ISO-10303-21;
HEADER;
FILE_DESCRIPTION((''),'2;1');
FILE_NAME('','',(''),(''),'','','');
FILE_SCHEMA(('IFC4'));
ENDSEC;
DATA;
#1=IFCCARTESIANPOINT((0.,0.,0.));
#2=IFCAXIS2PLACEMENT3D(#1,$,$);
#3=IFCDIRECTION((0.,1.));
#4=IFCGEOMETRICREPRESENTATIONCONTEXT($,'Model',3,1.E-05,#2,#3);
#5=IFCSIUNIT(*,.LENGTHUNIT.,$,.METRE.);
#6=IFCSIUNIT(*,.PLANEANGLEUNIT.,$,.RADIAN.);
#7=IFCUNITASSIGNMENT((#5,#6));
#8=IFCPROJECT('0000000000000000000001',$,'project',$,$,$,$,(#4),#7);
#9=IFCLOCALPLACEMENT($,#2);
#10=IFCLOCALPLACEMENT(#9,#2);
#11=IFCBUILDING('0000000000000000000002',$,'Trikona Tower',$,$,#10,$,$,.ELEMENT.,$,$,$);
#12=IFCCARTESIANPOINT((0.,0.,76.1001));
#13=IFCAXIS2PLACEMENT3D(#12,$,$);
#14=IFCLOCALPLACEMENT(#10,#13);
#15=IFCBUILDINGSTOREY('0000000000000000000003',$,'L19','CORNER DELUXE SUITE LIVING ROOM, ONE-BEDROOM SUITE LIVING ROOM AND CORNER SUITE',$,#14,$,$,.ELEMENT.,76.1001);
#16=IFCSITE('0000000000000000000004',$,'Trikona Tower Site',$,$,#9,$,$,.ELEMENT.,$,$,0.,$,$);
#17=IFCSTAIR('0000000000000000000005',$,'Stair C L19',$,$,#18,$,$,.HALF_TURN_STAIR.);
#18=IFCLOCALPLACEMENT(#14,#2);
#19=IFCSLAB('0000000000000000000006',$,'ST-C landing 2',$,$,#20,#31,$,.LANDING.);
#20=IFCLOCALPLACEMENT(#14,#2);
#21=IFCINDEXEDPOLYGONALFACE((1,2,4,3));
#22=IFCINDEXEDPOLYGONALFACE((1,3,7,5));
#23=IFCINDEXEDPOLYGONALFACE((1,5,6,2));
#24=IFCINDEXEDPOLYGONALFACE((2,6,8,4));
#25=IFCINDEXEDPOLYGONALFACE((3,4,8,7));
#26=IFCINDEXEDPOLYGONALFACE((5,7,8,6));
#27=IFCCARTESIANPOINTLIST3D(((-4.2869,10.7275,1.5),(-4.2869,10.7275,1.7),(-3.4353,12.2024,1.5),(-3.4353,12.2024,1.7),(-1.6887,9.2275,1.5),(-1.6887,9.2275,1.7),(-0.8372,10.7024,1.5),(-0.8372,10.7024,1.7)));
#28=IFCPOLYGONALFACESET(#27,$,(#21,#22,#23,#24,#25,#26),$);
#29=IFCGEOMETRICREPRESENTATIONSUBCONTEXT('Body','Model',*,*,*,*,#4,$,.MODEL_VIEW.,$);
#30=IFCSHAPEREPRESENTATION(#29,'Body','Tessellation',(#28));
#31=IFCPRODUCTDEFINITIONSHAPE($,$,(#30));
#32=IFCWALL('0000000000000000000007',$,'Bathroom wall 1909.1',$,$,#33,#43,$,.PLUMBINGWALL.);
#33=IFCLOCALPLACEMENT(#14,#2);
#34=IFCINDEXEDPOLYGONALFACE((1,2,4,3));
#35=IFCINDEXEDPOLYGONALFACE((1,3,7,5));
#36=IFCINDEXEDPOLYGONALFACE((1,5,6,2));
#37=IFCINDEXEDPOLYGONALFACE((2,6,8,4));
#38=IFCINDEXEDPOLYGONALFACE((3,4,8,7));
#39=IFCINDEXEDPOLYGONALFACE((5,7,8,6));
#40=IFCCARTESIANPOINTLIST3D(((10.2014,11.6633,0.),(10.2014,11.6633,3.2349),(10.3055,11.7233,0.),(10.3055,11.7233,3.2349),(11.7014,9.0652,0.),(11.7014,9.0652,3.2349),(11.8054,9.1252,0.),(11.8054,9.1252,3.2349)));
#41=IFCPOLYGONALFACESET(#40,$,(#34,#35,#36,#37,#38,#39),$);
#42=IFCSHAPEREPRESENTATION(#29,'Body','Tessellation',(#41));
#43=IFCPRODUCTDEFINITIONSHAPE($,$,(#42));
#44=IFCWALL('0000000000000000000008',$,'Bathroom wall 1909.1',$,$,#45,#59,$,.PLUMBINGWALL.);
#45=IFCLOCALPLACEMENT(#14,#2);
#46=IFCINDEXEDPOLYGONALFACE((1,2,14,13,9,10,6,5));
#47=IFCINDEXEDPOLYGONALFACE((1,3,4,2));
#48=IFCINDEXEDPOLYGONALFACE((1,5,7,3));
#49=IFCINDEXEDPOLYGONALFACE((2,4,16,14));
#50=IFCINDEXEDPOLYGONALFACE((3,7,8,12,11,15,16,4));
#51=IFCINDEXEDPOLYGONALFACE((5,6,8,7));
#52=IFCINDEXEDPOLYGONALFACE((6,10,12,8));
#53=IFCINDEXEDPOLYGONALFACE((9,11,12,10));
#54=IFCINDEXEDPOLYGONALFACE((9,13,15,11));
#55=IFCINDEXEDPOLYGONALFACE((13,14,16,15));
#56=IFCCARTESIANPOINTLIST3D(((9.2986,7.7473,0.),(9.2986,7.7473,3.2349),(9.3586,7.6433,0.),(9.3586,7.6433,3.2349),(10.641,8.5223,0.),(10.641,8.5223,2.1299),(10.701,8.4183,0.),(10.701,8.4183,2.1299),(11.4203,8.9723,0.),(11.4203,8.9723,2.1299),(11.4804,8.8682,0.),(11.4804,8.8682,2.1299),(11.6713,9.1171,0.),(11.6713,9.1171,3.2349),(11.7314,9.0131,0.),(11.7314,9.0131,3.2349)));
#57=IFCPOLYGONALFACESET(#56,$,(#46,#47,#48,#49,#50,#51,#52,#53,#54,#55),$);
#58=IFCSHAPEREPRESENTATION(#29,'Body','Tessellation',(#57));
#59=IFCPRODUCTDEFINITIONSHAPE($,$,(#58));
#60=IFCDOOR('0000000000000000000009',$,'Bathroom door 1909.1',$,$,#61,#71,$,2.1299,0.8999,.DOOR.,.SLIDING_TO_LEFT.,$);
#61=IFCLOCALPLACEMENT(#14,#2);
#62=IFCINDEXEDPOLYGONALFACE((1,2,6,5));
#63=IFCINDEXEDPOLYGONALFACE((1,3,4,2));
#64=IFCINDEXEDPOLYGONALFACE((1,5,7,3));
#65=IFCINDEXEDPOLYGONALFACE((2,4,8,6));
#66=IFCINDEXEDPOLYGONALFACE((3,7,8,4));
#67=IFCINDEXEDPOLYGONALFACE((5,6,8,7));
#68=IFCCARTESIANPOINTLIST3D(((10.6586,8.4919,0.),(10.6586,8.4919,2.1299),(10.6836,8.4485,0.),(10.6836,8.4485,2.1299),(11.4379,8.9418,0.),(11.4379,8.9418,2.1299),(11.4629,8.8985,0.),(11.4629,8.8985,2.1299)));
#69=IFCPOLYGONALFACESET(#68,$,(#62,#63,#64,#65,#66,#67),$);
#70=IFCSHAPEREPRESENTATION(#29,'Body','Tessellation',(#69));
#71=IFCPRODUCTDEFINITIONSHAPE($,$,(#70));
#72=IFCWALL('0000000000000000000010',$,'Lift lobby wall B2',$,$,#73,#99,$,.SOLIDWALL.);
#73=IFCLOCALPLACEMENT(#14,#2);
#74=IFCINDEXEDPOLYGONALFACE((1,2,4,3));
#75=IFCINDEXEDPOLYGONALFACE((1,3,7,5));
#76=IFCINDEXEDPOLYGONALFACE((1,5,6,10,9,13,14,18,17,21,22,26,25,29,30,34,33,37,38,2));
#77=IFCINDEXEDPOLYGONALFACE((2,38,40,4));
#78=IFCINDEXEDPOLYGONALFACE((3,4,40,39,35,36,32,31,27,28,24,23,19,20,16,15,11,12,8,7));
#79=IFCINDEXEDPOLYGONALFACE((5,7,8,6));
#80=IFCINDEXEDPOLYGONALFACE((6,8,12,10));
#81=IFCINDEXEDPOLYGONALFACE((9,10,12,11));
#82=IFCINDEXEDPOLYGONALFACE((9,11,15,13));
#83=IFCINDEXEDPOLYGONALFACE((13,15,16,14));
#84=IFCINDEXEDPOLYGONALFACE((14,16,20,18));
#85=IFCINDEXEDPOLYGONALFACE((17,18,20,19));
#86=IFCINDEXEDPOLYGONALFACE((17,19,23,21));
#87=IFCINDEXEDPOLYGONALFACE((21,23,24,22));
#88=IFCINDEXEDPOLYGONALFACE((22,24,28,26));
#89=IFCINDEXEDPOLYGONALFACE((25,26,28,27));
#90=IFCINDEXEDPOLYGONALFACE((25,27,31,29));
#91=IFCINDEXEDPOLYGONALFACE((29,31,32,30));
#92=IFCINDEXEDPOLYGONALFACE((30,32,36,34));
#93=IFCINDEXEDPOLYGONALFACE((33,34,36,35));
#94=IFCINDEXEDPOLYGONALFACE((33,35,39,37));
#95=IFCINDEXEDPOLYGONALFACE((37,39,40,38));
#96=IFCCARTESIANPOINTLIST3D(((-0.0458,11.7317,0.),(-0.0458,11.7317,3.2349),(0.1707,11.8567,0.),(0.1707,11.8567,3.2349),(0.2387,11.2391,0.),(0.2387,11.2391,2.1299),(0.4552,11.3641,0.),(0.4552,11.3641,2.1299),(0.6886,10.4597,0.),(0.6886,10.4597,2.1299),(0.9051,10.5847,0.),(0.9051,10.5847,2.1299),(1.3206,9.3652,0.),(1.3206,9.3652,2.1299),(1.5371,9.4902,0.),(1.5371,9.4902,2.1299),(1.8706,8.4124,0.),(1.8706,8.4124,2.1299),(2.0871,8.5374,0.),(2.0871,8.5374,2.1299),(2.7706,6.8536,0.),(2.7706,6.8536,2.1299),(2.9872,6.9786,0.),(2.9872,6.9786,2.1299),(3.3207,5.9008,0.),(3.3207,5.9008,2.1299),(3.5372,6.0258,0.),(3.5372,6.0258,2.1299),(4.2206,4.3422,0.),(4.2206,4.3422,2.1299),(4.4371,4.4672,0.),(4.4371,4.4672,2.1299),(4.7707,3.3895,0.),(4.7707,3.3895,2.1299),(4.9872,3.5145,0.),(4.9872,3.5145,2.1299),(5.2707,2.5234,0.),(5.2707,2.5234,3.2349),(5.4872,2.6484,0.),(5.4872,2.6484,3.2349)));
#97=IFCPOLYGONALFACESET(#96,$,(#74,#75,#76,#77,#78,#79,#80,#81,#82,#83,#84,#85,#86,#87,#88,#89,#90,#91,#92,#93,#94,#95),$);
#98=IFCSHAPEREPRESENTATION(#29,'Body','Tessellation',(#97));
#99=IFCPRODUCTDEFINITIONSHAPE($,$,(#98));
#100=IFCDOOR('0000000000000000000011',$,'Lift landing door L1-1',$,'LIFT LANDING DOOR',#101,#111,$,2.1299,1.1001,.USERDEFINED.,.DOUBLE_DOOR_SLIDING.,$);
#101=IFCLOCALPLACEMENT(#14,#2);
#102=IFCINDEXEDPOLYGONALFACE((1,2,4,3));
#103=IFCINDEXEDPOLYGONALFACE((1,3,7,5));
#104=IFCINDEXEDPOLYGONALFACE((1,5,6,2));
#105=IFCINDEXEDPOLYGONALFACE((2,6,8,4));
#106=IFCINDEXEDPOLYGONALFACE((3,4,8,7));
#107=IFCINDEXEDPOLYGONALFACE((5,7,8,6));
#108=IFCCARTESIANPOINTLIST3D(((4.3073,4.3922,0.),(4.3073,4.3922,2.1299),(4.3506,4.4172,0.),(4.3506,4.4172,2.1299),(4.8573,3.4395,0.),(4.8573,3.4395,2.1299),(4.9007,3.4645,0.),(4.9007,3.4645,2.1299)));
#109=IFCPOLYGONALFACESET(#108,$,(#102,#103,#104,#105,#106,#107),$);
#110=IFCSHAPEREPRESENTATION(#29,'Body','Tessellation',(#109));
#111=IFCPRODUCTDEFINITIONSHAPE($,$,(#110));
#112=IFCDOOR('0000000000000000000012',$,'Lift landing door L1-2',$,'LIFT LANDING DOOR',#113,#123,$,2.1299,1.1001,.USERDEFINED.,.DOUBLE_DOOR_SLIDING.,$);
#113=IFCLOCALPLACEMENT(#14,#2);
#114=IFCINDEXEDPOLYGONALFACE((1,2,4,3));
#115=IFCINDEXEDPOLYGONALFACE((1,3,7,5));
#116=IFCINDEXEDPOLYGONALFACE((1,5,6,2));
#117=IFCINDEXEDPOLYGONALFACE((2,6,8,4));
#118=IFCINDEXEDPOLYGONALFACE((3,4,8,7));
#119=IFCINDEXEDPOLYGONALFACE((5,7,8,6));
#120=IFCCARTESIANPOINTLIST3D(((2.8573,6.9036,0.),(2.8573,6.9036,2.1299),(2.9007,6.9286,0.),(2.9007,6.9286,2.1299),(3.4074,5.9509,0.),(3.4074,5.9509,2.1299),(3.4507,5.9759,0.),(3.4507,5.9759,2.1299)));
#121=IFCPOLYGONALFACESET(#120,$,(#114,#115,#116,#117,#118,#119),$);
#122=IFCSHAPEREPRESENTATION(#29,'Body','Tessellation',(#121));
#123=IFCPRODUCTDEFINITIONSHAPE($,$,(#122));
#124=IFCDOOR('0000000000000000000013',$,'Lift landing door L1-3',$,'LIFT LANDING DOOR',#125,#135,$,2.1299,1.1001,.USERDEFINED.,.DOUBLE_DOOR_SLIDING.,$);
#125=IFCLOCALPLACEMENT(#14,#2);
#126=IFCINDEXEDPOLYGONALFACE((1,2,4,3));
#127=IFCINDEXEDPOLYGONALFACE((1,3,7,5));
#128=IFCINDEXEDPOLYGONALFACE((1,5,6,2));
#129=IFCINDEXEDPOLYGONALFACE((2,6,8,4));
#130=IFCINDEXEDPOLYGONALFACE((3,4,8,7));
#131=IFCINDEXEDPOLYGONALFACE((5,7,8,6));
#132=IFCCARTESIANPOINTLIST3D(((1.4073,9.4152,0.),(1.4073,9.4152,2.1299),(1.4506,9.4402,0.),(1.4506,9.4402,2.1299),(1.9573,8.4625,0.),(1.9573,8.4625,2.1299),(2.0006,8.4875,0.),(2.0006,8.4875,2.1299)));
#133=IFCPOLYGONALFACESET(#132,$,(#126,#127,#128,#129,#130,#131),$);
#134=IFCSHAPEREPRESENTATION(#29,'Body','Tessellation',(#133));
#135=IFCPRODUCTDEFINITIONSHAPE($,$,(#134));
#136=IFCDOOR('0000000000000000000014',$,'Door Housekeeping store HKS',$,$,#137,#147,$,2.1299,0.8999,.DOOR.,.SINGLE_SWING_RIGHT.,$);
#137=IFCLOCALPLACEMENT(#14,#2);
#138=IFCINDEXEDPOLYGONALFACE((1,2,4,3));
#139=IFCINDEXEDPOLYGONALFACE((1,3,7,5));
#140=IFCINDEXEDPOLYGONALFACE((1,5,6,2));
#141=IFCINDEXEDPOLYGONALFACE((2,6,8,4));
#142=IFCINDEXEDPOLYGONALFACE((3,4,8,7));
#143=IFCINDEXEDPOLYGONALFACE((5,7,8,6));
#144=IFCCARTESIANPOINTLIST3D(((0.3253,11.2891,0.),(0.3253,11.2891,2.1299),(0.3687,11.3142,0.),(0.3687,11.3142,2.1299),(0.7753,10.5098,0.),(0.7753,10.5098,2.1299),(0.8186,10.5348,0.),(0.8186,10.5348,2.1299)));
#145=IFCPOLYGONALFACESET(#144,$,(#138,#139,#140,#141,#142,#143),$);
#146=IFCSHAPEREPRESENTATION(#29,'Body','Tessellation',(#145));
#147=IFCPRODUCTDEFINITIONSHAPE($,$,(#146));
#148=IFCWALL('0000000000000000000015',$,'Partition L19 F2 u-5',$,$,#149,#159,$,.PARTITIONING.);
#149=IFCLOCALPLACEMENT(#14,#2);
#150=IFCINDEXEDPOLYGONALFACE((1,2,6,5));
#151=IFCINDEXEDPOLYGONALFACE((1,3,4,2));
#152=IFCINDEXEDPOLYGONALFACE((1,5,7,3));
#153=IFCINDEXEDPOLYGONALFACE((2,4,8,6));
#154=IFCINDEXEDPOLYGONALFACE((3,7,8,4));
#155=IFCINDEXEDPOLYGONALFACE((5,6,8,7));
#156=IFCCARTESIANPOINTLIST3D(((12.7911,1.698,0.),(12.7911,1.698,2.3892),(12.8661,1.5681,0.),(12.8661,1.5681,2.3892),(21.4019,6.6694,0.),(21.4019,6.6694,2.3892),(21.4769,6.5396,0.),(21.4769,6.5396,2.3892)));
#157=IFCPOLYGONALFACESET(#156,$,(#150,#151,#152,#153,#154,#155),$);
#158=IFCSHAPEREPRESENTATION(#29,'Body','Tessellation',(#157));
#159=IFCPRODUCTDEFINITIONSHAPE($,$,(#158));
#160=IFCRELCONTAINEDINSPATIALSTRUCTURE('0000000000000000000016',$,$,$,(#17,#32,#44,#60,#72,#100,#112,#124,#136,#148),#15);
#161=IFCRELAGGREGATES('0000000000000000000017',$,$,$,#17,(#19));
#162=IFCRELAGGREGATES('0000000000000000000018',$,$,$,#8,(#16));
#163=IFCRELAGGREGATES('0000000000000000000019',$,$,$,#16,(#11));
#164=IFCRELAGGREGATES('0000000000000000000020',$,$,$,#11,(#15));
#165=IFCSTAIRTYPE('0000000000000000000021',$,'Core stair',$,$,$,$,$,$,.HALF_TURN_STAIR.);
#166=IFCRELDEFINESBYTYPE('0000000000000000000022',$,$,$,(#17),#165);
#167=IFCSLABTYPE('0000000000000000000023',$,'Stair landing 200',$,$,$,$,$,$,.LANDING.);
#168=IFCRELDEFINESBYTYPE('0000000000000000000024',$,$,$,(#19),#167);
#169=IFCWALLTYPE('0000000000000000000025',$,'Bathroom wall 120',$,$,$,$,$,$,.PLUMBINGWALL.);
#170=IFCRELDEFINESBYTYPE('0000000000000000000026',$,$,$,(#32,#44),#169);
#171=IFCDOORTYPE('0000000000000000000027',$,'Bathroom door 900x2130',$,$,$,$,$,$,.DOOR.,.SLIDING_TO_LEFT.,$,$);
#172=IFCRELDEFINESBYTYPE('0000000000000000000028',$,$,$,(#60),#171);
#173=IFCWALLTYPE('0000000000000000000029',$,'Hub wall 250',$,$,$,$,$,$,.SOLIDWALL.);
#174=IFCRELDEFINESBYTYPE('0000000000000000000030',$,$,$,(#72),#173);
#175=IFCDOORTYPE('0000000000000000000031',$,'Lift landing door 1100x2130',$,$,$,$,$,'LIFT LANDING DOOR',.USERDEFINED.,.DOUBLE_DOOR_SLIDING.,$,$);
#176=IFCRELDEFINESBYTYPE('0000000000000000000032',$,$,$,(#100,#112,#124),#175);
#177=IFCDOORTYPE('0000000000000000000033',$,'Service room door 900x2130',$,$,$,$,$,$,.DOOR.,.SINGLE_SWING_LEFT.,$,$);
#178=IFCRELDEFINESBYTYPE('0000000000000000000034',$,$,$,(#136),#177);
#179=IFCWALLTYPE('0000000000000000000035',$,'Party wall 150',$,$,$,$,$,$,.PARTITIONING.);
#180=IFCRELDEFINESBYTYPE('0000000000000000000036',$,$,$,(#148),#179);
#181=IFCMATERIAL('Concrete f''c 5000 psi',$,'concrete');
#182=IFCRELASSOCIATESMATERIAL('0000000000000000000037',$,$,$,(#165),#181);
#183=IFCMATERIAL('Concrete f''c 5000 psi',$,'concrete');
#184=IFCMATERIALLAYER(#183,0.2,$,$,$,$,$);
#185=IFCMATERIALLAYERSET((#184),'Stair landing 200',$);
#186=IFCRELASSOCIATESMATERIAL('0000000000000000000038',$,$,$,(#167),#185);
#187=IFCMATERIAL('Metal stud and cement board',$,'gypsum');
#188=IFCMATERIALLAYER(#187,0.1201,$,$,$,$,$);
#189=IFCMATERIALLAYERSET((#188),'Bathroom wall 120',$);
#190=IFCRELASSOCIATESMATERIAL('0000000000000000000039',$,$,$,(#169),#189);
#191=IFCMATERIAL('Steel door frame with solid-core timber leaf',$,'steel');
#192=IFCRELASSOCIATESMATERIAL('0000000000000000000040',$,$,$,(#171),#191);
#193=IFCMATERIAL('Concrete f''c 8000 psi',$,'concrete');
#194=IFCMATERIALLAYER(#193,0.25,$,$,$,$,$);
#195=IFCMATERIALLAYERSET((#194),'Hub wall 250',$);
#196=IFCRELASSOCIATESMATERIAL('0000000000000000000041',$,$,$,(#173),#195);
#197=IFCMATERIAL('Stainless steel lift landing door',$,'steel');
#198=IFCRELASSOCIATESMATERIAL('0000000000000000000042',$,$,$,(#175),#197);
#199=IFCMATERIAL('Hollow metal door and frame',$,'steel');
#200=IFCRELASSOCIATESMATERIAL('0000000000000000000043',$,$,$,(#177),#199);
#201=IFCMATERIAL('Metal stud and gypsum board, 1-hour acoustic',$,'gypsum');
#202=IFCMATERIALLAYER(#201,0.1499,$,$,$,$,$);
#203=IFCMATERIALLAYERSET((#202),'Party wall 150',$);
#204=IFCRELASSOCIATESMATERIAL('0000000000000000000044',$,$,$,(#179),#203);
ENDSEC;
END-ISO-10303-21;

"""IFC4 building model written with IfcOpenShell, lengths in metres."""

from ifc_helpers import new_model, si_unit, direction, frame, frame_2d, origin, place, context, subcontext, project, spatial, polyline, rectangle, outline, extrude, material, layer, layer_set, type_object, element, fill, aggregate, save


model = new_model("IFC4")

# Units and contexts
model_context = context("Model", 3, precision=1e-05, world=origin(), true_north=direction((0.0, 1.0)))
body_context = subcontext(model_context, "Body", "Model", "MODEL_VIEW")
ifc_project = project(units=[si_unit("LENGTHUNIT", "METRE"), si_unit("PLANEANGLEUNIT", "RADIAN")], contexts=[model_context])

# Site, building, storey
site_placement = place(None, origin())
site = spatial("IfcSite", under=ifc_project, at=site_placement, Name="Trikona Tower Site", CompositionType="ELEMENT", RefElevation=0.0)
building_placement = place(site_placement, origin())
building = spatial("IfcBuilding", under=site, at=building_placement, Name="Trikona Tower", CompositionType="ELEMENT")
storey_placement = place(building_placement, frame((0.0, 0.0, 76.1001)))
storey = spatial("IfcBuildingStorey", under=building, at=storey_placement, Name="L19", Description="CORNER DELUXE SUITE LIVING ROOM, ONE-BEDROOM SUITE LIVING ROOM AND CORNER SUITE", CompositionType="ELEMENT", Elevation=76.1001)

# Stair, slab
ifc_material_1 = material(Name="Concrete f'c 5000 psi", Category="concrete")
stair_type = type_object("IfcStairType", Name="Core stair", PredefinedType="HALF_TURN_STAIR", material=ifc_material_1)
ifc_material_2 = material(Name="Concrete f'c 5000 psi", Category="concrete")
ifc_layer_1 = layer(ifc_material_2, 0.2)
ifc_layer_set_1 = layer_set([ifc_layer_1], Name="Stair landing 200")
slab_type_1 = type_object("IfcSlabType", Name="Stair landing 200", PredefinedType="LANDING", material=ifc_layer_set_1)
stair_1_placement = place(storey_placement, origin())
stair_1 = element("IfcStair", 1, at=stair_1_placement, inside=storey, type_object=stair_type, Name="Stair C L19", PredefinedType="HALF_TURN_STAIR")
slab_1_placement = place(storey_placement, frame((0.0, 0.0, 1.5)))
slab_1 = element("IfcSlab", 2, at=slab_1_placement, type_object=slab_type_1, Name="ST-C landing 2", PredefinedType="LANDING", context=body_context, shape_type="SweptSolid", body=[
    extrude(outline(polyline([(-0.8372, 10.7024), (-1.6887, 9.2275), (-4.2869, 10.7275), (-3.4353, 12.2024), (-0.8372, 10.7024)])), origin(), (0.0, 0.0, 1.0), 0.2),
])
aggregate(stair_1, [slab_1])

# Wall
ifc_material_3 = material(Name="Metal stud and cement board", Category="gypsum")
ifc_layer_2 = layer(ifc_material_3, 0.1201)
ifc_layer_set_2 = layer_set([ifc_layer_2], Name="Bathroom wall 120")
wall_type_1 = type_object("IfcWallType", Name="Bathroom wall 120", PredefinedType="PLUMBINGWALL", material=ifc_layer_set_2)
wall_1_placement = place(storey_placement, frame((11.7534, 9.0952, 0.0), z_axis=(0.0, 0.0, 1.0), x_axis=(-0.49999, 0.866031, 0.0)))
element("IfcWall", 3, at=wall_1_placement, inside=storey, type_object=wall_type_1, Name="Bathroom wall 1909.1", PredefinedType="PLUMBINGWALL", context=body_context, shape_type="SweptSolid", body=[
    extrude(rectangle(XDim=3.0, YDim=0.1201, at=frame_2d((1.5, 0.0))), origin(), (0.0, 0.0, 1.0), 3.2349),
])

# Wall, opening, door
wall_2_placement = place(storey_placement, frame((9.3286, 7.6953, 0.0), z_axis=(0.0, 0.0, 1.0), x_axis=(0.866036, 0.499982, 0.0)))
wall_2 = element("IfcWall", 4, at=wall_2_placement, inside=storey, type_object=wall_type_1, Name="Bathroom wall 1909.1", PredefinedType="PLUMBINGWALL", context=body_context, shape_type="SweptSolid", body=[
    extrude(rectangle(XDim=2.7397, YDim=0.1201, at=frame_2d((1.3699, 0.0))), origin(), (0.0, 0.0, 1.0), 3.2349),
])
opening_1_placement = place(wall_2_placement, frame((1.55, 0.0, 0.0)))
opening_1 = element("IfcOpeningElement", 5, at=opening_1_placement, cuts=wall_2, PredefinedType="OPENING", context=body_context, shape_type="SweptSolid", body=[
    extrude(rectangle(XDim=0.8999, YDim=2.1299, at=frame_2d((0.45, 1.0649))), frame((0.0, 0.0701, 0.0), z_axis=(0.0, -1.0, 0.0), x_axis=(1.0, 0.0, 0.0)), (0.0, 0.0, 1.0), 0.1401),
])
ifc_material_4 = material(Name="Steel door frame with solid-core timber leaf", Category="steel")
door_type_1 = type_object("IfcDoorType", Name="Bathroom door 900x2130", OperationType="SLIDING_TO_LEFT", PredefinedType="DOOR", material=ifc_material_4)
door_1_placement = place(opening_1_placement, origin())
door_1 = element("IfcDoor", 6, at=door_1_placement, inside=storey, type_object=door_type_1, Name="Bathroom door 1909.1", OperationType="SLIDING_TO_LEFT", OverallHeight=2.1299, OverallWidth=0.8999, PredefinedType="DOOR", context=body_context, shape_type="SweptSolid", body=[
    extrude(rectangle(XDim=0.8999, YDim=2.1299, at=frame_2d((0.45, 1.0649))), frame((0.0, 0.0249, 0.0), z_axis=(0.0, -1.0, 0.0), x_axis=(1.0, 0.0, 0.0)), (0.0, 0.0, 1.0), 0.05),
])
fill(opening_1, door_1)

# Wall, openings, doors
ifc_material_5 = material(Name="Concrete f'c 8000 psi", Category="concrete")
ifc_layer_3 = layer(ifc_material_5, 0.25)
ifc_layer_set_3 = layer_set([ifc_layer_3], Name="Hub wall 250")
wall_type_2 = type_object("IfcWallType", Name="Hub wall 250", PredefinedType="SOLIDWALL", material=ifc_layer_set_3)
wall_3_placement = place(storey_placement, frame((5.3789, 2.5859, 0.0), z_axis=(0.0, 0.0, 1.0), x_axis=(-0.500001, 0.866025, 0.0)))
wall_3 = element("IfcWall", 7, at=wall_3_placement, inside=storey, type_object=wall_type_2, Name="Lift lobby wall B2", PredefinedType="SOLIDWALL", context=body_context, shape_type="SweptSolid", body=[
    extrude(rectangle(XDim=10.6328, YDim=0.25, at=frame_2d((5.3164, 0.0))), origin(), (0.0, 0.0, 1.0), 3.2349),
])
opening_2_placement = place(wall_3_placement, frame((9.1641, 0.0, 0.0)))
opening_2 = element("IfcOpeningElement", 8, at=opening_2_placement, cuts=wall_3, PredefinedType="OPENING", context=body_context, shape_type="SweptSolid", body=[
    extrude(rectangle(XDim=0.8999, YDim=2.1299, at=frame_2d((0.45, 1.0649))), frame((0.0, 0.135, 0.0), z_axis=(0.0, -1.0, 0.0), x_axis=(1.0, 0.0, 0.0)), (0.0, 0.0, 1.0), 0.27),
])
opening_3_placement = place(wall_3_placement, frame((1.0, 0.0, 0.0)))
opening_3 = element("IfcOpeningElement", 9, at=opening_3_placement, cuts=wall_3, PredefinedType="OPENING", context=body_context, shape_type="SweptSolid", body=[
    extrude(rectangle(XDim=1.1001, YDim=2.1299, at=frame_2d((0.55, 1.0649))), frame((0.0, 0.135, 0.0), z_axis=(0.0, -1.0, 0.0), x_axis=(1.0, 0.0, 0.0)), (0.0, 0.0, 1.0), 0.27),
])
opening_4_placement = place(wall_3_placement, frame((3.8999, 0.0, 0.0)))
opening_4 = element("IfcOpeningElement", 10, at=opening_4_placement, cuts=wall_3, PredefinedType="OPENING", context=body_context, shape_type="SweptSolid", body=[
    extrude(rectangle(XDim=1.1001, YDim=2.1299, at=frame_2d((0.55, 1.0649))), frame((0.0, 0.135, 0.0), z_axis=(0.0, -1.0, 0.0), x_axis=(1.0, 0.0, 0.0)), (0.0, 0.0, 1.0), 0.27),
])
opening_5_placement = place(wall_3_placement, frame((6.8, 0.0, 0.0)))
opening_5 = element("IfcOpeningElement", 11, at=opening_5_placement, cuts=wall_3, PredefinedType="OPENING", context=body_context, shape_type="SweptSolid", body=[
    extrude(rectangle(XDim=1.1001, YDim=2.1299, at=frame_2d((0.55, 1.0649))), frame((0.0, 0.135, 0.0), z_axis=(0.0, -1.0, 0.0), x_axis=(1.0, 0.0, 0.0)), (0.0, 0.0, 1.0), 0.27),
])
ifc_material_6 = material(Name="Stainless steel lift landing door", Category="steel")
door_type_2 = type_object("IfcDoorType", Name="Lift landing door 1100x2130", ElementType="LIFT LANDING DOOR", OperationType="DOUBLE_DOOR_SLIDING", PredefinedType="USERDEFINED", material=ifc_material_6)
door_2_placement = place(opening_3_placement, origin())
door_2 = element("IfcDoor", 12, at=door_2_placement, inside=storey, type_object=door_type_2, Name="Lift landing door L1-1", ObjectType="LIFT LANDING DOOR", OperationType="DOUBLE_DOOR_SLIDING", OverallHeight=2.1299, OverallWidth=1.1001, PredefinedType="USERDEFINED", context=body_context, shape_type="SweptSolid", body=[
    extrude(rectangle(XDim=1.1001, YDim=2.1299, at=frame_2d((0.55, 1.0649))), frame((0.0, 0.0249, 0.0), z_axis=(0.0, -1.0, 0.0), x_axis=(1.0, 0.0, 0.0)), (0.0, 0.0, 1.0), 0.05),
])
fill(opening_3, door_2)
door_3_placement = place(opening_4_placement, origin())
door_3 = element("IfcDoor", 13, at=door_3_placement, inside=storey, type_object=door_type_2, Name="Lift landing door L1-2", ObjectType="LIFT LANDING DOOR", OperationType="DOUBLE_DOOR_SLIDING", OverallHeight=2.1299, OverallWidth=1.1001, PredefinedType="USERDEFINED", context=body_context, shape_type="SweptSolid", body=[
    extrude(rectangle(XDim=1.1001, YDim=2.1299, at=frame_2d((0.55, 1.0649))), frame((0.0, 0.0249, 0.0), z_axis=(0.0, -1.0, 0.0), x_axis=(1.0, 0.0, 0.0)), (0.0, 0.0, 1.0), 0.05),
])
fill(opening_4, door_3)
door_4_placement = place(opening_5_placement, origin())
door_4 = element("IfcDoor", 14, at=door_4_placement, inside=storey, type_object=door_type_2, Name="Lift landing door L1-3", ObjectType="LIFT LANDING DOOR", OperationType="DOUBLE_DOOR_SLIDING", OverallHeight=2.1299, OverallWidth=1.1001, PredefinedType="USERDEFINED", context=body_context, shape_type="SweptSolid", body=[
    extrude(rectangle(XDim=1.1001, YDim=2.1299, at=frame_2d((0.55, 1.0649))), frame((0.0, 0.0249, 0.0), z_axis=(0.0, -1.0, 0.0), x_axis=(1.0, 0.0, 0.0)), (0.0, 0.0, 1.0), 0.05),
])
fill(opening_5, door_4)
ifc_material_7 = material(Name="Hollow metal door and frame", Category="steel")
door_type_3 = type_object("IfcDoorType", Name="Service room door 900x2130", OperationType="SINGLE_SWING_LEFT", PredefinedType="DOOR", material=ifc_material_7)
door_5_placement = place(opening_2_placement, origin())
door_5 = element("IfcDoor", 15, at=door_5_placement, inside=storey, type_object=door_type_3, Name="Door Housekeeping store HKS", OperationType="SINGLE_SWING_RIGHT", OverallHeight=2.1299, OverallWidth=0.8999, PredefinedType="DOOR", context=body_context, shape_type="SweptSolid", body=[
    extrude(rectangle(XDim=0.8999, YDim=2.1299, at=frame_2d((0.45, 1.0649))), frame((0.0, 0.0249, 0.0), z_axis=(0.0, -1.0, 0.0), x_axis=(1.0, 0.0, 0.0)), (0.0, 0.0, 1.0), 0.05),
])
fill(opening_2, door_5)

# Wall
ifc_material_8 = material(Name="Metal stud and gypsum board, 1-hour acoustic", Category="gypsum")
ifc_layer_4 = layer(ifc_material_8, 0.1499)
ifc_layer_set_4 = layer_set([ifc_layer_4], Name="Party wall 150")
wall_type_3 = type_object("IfcWallType", Name="Party wall 150", PredefinedType="PARTITIONING", material=ifc_layer_set_4)
wall_4_placement = place(storey_placement, frame((12.8286, 1.6331, 0.0), z_axis=(0.0, 0.0, 1.0), x_axis=(0.866027, 0.499997, 0.0)))
element("IfcWall", 16, at=wall_4_placement, inside=storey, type_object=wall_type_3, Name="Partition L19 F2 u-5", PredefinedType="PARTITIONING", context=body_context, shape_type="SweptSolid", body=[
    extrude(rectangle(XDim=9.9429, YDim=0.1499, at=frame_2d((4.9714, 0.0))), origin(), (0.0, 0.0, 1.0), 2.3892),
])

save(model, "model.ifc")
